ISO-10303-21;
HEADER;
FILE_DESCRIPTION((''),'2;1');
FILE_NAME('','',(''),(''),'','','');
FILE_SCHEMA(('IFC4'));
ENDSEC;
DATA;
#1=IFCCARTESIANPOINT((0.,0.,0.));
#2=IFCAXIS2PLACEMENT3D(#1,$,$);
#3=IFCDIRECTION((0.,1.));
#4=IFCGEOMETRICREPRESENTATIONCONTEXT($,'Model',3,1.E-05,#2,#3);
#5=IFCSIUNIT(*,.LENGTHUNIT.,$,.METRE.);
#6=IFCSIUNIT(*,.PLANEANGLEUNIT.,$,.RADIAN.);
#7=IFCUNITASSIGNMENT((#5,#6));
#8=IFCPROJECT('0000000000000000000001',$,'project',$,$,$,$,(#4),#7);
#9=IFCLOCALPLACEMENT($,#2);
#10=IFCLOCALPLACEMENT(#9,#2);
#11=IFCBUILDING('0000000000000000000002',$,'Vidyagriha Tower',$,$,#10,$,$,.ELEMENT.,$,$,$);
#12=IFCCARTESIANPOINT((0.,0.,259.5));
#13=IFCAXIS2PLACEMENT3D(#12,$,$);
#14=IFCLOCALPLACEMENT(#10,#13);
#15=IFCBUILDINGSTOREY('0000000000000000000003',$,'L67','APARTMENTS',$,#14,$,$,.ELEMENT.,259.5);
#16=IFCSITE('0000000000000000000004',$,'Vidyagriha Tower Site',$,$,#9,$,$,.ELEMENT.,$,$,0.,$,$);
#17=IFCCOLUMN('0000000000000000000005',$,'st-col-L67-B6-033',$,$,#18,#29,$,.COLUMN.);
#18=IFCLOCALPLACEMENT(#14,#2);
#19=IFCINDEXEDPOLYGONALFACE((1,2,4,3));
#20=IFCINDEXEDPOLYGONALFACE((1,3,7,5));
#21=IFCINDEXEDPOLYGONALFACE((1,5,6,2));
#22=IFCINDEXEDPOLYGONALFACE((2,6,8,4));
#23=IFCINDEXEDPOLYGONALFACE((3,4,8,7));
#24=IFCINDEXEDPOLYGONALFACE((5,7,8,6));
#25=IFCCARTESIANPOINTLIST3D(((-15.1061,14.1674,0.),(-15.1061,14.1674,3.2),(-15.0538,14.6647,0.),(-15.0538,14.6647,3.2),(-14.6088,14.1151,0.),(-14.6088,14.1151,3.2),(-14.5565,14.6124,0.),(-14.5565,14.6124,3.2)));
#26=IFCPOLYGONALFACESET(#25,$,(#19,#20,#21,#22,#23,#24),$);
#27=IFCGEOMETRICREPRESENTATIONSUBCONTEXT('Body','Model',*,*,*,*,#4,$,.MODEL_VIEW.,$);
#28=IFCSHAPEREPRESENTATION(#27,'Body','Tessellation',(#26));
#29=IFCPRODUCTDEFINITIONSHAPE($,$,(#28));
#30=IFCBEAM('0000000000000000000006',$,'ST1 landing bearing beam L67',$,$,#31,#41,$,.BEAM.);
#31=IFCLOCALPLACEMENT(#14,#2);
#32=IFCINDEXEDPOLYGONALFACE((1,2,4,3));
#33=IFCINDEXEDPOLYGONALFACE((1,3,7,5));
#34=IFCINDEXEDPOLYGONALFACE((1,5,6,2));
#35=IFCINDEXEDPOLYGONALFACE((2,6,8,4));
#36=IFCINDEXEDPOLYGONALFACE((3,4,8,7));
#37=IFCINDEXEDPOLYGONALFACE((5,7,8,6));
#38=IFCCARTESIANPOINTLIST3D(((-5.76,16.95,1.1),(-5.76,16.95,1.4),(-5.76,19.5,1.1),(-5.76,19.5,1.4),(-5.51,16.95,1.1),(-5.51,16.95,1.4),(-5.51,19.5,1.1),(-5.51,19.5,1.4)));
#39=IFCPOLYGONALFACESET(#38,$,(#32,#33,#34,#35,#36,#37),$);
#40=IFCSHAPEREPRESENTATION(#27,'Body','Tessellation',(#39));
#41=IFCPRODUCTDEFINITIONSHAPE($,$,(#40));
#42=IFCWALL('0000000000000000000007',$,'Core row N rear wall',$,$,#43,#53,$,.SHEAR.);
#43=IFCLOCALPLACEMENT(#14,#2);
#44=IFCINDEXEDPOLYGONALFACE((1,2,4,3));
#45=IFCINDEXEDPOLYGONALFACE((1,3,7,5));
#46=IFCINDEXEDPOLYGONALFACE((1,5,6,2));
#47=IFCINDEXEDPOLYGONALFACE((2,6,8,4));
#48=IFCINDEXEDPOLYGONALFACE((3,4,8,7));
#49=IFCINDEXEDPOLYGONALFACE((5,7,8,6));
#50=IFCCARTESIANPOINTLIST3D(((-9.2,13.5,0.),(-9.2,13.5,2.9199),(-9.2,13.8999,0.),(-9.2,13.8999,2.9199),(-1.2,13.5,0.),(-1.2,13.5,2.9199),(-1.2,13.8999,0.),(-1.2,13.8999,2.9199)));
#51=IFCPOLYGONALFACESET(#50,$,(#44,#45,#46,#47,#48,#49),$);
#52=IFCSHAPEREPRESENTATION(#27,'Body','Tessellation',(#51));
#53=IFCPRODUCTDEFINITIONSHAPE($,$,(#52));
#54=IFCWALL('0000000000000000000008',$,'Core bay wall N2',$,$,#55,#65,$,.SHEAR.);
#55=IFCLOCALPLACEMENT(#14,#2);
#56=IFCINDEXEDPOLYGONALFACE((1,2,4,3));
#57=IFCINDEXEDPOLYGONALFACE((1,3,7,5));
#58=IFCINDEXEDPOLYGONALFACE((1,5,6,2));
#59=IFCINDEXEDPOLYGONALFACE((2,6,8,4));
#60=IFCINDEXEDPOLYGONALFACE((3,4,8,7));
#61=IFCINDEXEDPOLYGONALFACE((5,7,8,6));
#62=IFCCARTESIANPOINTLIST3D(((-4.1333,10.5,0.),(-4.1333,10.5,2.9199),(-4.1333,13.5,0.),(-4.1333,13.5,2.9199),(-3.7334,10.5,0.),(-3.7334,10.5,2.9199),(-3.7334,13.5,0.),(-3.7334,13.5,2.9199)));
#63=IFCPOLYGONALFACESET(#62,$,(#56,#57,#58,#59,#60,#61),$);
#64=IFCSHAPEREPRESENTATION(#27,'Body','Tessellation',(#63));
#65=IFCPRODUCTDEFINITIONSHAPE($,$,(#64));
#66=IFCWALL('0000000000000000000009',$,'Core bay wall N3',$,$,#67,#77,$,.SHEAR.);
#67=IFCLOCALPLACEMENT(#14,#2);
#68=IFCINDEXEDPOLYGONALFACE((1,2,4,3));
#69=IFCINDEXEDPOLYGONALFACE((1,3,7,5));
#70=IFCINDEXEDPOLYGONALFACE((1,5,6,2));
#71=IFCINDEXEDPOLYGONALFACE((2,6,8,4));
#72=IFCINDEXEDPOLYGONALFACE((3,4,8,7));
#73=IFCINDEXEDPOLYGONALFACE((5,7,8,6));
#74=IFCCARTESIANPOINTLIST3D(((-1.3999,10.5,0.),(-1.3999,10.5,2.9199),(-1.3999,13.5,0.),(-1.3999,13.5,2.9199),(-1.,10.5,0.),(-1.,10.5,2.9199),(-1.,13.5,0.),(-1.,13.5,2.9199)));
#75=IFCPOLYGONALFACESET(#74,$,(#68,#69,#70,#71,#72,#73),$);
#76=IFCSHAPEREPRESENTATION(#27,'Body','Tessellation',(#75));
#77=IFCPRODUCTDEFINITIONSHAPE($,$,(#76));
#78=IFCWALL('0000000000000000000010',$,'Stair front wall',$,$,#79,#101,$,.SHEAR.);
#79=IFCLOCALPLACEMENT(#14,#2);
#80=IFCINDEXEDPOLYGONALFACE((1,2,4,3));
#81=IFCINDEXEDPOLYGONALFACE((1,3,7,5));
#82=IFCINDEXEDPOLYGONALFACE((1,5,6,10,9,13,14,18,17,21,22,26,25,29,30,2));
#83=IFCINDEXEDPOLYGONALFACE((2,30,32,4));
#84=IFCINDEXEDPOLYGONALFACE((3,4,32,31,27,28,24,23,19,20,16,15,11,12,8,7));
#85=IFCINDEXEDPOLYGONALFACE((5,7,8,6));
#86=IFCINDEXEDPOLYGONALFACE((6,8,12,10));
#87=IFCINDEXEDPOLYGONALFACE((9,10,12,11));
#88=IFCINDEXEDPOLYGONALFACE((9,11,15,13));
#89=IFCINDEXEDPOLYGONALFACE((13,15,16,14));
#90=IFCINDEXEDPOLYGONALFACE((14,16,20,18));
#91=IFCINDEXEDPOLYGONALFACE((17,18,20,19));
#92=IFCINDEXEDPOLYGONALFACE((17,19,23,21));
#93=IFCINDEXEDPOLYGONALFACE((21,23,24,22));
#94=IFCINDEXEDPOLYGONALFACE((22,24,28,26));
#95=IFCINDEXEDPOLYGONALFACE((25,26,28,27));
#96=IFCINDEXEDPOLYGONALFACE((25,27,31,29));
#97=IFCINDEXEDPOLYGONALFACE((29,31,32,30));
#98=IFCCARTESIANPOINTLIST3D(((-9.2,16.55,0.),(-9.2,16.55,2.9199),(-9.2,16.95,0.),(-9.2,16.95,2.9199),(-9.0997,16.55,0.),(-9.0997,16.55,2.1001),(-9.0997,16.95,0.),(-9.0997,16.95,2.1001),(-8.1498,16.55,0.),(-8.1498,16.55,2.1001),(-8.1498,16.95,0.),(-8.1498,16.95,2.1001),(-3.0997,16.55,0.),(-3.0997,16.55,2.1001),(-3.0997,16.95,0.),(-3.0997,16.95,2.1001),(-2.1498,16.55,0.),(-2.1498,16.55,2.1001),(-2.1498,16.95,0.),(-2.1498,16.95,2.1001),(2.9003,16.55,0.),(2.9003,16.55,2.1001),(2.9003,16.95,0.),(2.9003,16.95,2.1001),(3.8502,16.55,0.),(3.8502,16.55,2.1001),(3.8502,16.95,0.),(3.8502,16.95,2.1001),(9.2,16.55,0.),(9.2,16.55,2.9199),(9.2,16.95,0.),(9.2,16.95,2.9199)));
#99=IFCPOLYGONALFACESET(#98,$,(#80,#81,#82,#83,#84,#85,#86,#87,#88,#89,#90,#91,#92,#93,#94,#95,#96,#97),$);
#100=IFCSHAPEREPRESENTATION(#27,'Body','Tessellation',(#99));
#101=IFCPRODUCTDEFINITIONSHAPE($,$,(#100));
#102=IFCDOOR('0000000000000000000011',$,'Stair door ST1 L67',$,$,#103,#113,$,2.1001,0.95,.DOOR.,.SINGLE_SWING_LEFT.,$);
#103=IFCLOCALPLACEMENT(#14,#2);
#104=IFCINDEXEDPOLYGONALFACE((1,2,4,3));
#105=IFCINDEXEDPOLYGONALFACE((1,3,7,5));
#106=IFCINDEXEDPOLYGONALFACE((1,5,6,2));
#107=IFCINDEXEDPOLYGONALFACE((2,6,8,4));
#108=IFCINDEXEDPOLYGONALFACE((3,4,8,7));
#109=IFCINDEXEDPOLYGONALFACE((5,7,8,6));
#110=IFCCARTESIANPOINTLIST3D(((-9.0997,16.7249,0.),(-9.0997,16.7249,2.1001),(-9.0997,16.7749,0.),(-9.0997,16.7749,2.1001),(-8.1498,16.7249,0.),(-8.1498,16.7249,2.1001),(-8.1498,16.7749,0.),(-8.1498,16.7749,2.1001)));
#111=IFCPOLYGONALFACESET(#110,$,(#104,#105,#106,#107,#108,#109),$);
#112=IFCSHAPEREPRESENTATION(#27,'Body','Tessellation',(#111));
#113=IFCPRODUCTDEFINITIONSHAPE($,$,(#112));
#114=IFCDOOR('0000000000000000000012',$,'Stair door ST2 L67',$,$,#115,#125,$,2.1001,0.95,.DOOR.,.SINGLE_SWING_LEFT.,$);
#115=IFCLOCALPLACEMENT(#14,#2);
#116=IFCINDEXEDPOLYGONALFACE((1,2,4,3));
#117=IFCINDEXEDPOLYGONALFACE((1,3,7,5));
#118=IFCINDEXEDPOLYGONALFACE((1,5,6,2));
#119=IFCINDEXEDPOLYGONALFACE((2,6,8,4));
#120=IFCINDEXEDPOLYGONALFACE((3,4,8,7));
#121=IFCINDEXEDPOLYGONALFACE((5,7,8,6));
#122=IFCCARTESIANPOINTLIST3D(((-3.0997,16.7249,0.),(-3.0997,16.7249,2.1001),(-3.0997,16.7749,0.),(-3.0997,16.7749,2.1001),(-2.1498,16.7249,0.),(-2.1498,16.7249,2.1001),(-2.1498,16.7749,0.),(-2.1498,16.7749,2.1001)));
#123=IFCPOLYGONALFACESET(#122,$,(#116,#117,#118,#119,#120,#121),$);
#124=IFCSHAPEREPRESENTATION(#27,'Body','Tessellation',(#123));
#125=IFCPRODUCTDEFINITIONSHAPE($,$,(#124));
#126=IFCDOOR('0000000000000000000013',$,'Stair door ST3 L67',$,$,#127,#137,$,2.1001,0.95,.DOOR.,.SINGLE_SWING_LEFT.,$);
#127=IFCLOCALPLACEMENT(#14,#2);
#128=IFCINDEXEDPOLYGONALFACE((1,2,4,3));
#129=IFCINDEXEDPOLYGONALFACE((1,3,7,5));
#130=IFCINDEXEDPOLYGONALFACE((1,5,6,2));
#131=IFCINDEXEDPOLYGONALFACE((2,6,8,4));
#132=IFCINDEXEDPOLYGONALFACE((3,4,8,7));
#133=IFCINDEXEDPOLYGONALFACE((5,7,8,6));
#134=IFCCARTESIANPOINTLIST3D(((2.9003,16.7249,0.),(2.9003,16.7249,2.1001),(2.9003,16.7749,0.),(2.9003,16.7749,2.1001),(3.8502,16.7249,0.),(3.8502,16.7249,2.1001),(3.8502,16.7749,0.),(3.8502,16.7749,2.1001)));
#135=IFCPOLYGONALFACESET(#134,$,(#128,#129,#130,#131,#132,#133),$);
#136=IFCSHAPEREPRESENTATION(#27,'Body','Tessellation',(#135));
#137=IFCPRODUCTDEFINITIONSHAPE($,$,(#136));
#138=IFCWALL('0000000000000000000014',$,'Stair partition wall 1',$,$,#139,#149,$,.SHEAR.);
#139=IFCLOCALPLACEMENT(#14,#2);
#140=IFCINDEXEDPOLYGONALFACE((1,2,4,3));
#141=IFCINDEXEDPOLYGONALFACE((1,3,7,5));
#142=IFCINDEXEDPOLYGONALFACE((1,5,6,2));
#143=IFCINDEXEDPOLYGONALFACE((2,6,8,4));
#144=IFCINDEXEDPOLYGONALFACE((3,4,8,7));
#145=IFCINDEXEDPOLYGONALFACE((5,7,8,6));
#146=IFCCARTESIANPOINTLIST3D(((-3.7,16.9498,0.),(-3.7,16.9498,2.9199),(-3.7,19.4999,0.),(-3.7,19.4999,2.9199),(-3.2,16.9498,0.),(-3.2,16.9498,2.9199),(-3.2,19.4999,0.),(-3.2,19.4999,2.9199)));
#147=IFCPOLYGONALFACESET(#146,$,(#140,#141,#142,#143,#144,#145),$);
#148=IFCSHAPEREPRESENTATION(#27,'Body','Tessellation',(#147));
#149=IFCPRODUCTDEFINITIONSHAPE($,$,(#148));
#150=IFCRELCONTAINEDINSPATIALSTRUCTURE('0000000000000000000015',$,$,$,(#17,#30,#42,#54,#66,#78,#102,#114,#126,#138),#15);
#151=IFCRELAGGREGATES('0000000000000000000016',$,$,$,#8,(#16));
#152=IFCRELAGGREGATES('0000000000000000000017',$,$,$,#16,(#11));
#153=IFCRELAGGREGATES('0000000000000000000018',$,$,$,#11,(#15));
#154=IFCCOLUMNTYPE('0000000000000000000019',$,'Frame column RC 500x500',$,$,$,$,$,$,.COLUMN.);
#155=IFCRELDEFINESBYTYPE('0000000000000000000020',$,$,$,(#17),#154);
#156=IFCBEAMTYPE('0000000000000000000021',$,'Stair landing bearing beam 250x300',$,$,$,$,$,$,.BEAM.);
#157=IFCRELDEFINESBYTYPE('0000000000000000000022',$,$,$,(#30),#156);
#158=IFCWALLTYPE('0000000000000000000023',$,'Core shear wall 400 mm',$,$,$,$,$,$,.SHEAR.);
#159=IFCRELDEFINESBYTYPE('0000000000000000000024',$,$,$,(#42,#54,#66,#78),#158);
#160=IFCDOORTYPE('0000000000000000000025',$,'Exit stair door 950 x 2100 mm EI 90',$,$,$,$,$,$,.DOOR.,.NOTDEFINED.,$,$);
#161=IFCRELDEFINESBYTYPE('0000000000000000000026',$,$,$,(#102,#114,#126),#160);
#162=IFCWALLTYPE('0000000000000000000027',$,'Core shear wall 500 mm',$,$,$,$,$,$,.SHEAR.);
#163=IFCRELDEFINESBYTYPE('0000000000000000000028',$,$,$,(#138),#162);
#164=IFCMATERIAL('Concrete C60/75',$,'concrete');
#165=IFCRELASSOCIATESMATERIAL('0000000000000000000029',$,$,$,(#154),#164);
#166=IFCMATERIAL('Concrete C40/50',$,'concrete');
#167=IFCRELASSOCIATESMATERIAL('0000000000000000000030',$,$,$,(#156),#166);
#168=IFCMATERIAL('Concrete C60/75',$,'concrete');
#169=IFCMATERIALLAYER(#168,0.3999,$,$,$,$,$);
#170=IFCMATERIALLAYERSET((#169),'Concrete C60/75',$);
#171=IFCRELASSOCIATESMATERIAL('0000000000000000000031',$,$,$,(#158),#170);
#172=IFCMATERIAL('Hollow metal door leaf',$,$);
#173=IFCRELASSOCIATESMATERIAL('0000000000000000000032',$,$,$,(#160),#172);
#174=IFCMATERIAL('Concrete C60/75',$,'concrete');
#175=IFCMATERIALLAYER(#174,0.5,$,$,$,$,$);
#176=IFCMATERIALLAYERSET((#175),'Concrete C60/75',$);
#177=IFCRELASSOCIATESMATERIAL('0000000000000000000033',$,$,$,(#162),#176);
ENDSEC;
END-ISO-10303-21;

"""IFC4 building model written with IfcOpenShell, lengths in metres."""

from ifc_helpers import new_model, si_unit, direction, frame, frame_2d, origin, origin_2d, place, context, subcontext, project, spatial, rectangle, extrude, material, layer, layer_set, material_profile, profile_set, type_object, element, fill, save


model = new_model("IFC4")

# Units and contexts
model_context = context("Model", 3, precision=1e-05, world=origin(), true_north=direction((0.0, 1.0)))
body_context = subcontext(model_context, "Body", "Model", "MODEL_VIEW")
ifc_project = project(units=[si_unit("LENGTHUNIT", "METRE"), si_unit("PLANEANGLEUNIT", "RADIAN")], contexts=[model_context])

# Site, building, storey
site_placement = place(None, origin())
site = spatial("IfcSite", under=ifc_project, at=site_placement, Name="Vidyagriha Tower Site", CompositionType="ELEMENT", RefElevation=0.0)
building_placement = place(site_placement, origin())
building = spatial("IfcBuilding", under=site, at=building_placement, Name="Vidyagriha Tower", CompositionType="ELEMENT")
storey_placement = place(building_placement, frame((0.0, 0.0, 259.5)))
storey = spatial("IfcBuildingStorey", under=building, at=storey_placement, Name="L67", Description="APARTMENTS", CompositionType="ELEMENT", Elevation=259.5)

# Column
ifc_material_1 = material(Name="Concrete C60/75", Category="concrete")
ifc_material_profile_1 = material_profile(ifc_material_1, rectangle(XDim=0.5, YDim=0.5, at=origin_2d()), Name="RC 500x500")
ifc_profile_set_1 = profile_set([ifc_material_profile_1], Name="Concrete C60/75")
column_type = type_object("IfcColumnType", Name="Frame column RC 500x500", PredefinedType="COLUMN", material=ifc_profile_set_1)
column_placement = place(storey_placement, frame((-14.8313, 14.3899, 0.0), z_axis=(0.0, 0.0, 1.0), x_axis=(0.994522, -0.104528, 0.0)))
element("IfcColumn", 1, at=column_placement, inside=storey, type_object=column_type, Name="st-col-L67-B6-033", PredefinedType="COLUMN", context=body_context, shape_type="SweptSolid", body=[
    extrude(rectangle(XDim=0.5, YDim=0.5, at=origin_2d()), origin(), (0.0, 0.0, 1.0), 3.2),
])

# Beam
ifc_material_2 = material(Name="Concrete C40/50", Category="concrete")
ifc_material_profile_2 = material_profile(ifc_material_2, rectangle(XDim=0.25, YDim=0.3, at=origin_2d()), Name="Stair landing bearing beam 250x300")
ifc_profile_set_2 = profile_set([ifc_material_profile_2], Name="Concrete C40/50")
beam_type = type_object("IfcBeamType", Name="Stair landing bearing beam 250x300", PredefinedType="BEAM", material=ifc_profile_set_2)
beam_placement = place(storey_placement, frame((-5.635, 16.95, 1.25), z_axis=(0.0, 1.0, 0.0), x_axis=(-1.0, 0.0, 0.0)))
element("IfcBeam", 2, at=beam_placement, inside=storey, type_object=beam_type, Name="ST1 landing bearing beam L67", PredefinedType="BEAM", context=body_context, shape_type="SweptSolid", body=[
    extrude(rectangle(XDim=0.25, YDim=0.3, at=origin_2d()), origin(), (0.0, 0.0, 1.0), 2.55),
])

# Walls
ifc_material_3 = material(Name="Concrete C60/75", Category="concrete")
ifc_layer_1 = layer(ifc_material_3, 0.3999)
ifc_layer_set_1 = layer_set([ifc_layer_1], Name="Concrete C60/75")
wall_type_1 = type_object("IfcWallType", Name="Core shear wall 400 mm", PredefinedType="SHEAR", material=ifc_layer_set_1)
wall_1_placement = place(storey_placement, frame((-9.2, 13.7, 0.0)))
element("IfcWall", 3, at=wall_1_placement, inside=storey, type_object=wall_type_1, Name="Core row N rear wall", PredefinedType="SHEAR", context=body_context, shape_type="SweptSolid", body=[
    extrude(rectangle(XDim=8.0, YDim=0.3999, at=frame_2d((4.0, 0.0))), origin(), (0.0, 0.0, 1.0), 2.9199),
])
for number, where, z_axis, x_axis, name in (
    (4, (-3.9333, 10.5, 0.0), (0.0, 0.0, 1.0), (0.0, 1.0, 0.0), "Core bay wall N2"),
    (5, (-1.2, 10.5, 0.0), (0.0, 0.0, 1.0), (0.0, 1.0, 0.0), "Core bay wall N3"),
):
    element("IfcWall", number, at=place(storey_placement, frame(where, z_axis=z_axis, x_axis=x_axis)), inside=storey, type_object=wall_type_1, Name=name, PredefinedType="SHEAR", context=body_context, shape_type="SweptSolid", body=[
        extrude(rectangle(XDim=3.0, YDim=0.3999, at=frame_2d((1.5, 0.0))), origin(), (0.0, 0.0, 1.0), 2.9199),
    ])

# Wall, openings, doors
wall_2_placement = place(storey_placement, frame((-9.2, 16.75, 0.0)))
wall_2 = element("IfcWall", 6, at=wall_2_placement, inside=storey, type_object=wall_type_1, Name="Stair front wall", PredefinedType="SHEAR", context=body_context, shape_type="SweptSolid", body=[
    extrude(rectangle(XDim=18.3999, YDim=0.3999, at=frame_2d((9.2, 0.0))), origin(), (0.0, 0.0, 1.0), 2.9199),
])
opening_1_placement = place(wall_2_placement, frame((0.1001, 0.0, 0.0)))
opening_1 = element("IfcOpeningElement", 7, at=opening_1_placement, cuts=wall_2, PredefinedType="OPENING", context=body_context, shape_type="SweptSolid", body=[
    extrude(rectangle(XDim=0.95, YDim=2.1001, at=frame_2d((0.4751, 1.05))), frame((0.0, 0.21, 0.0), z_axis=(0.0, -1.0, 0.0), x_axis=(1.0, 0.0, 0.0)), (0.0, 0.0, 1.0), 0.4199),
])
opening_2_placement = place(wall_2_placement, frame((6.1001, 0.0, 0.0)))
opening_2 = element("IfcOpeningElement", 8, at=opening_2_placement, cuts=wall_2, PredefinedType="OPENING", context=body_context, shape_type="SweptSolid", body=[
    extrude(rectangle(XDim=0.95, YDim=2.1001, at=frame_2d((0.4751, 1.05))), frame((0.0, 0.21, 0.0), z_axis=(0.0, -1.0, 0.0), x_axis=(1.0, 0.0, 0.0)), (0.0, 0.0, 1.0), 0.4199),
])
opening_3_placement = place(wall_2_placement, frame((12.1001, 0.0, 0.0)))
opening_3 = element("IfcOpeningElement", 9, at=opening_3_placement, cuts=wall_2, PredefinedType="OPENING", context=body_context, shape_type="SweptSolid", body=[
    extrude(rectangle(XDim=0.95, YDim=2.1001, at=frame_2d((0.4751, 1.05))), frame((0.0, 0.21, 0.0), z_axis=(0.0, -1.0, 0.0), x_axis=(1.0, 0.0, 0.0)), (0.0, 0.0, 1.0), 0.4199),
])
ifc_material_4 = material(Name="Hollow metal door leaf")
door_type_1 = type_object("IfcDoorType", Name="Exit stair door 950 x 2100 mm EI 90", OperationType="NOTDEFINED", PredefinedType="DOOR", material=ifc_material_4)
door_1_placement = place(opening_1_placement, origin())
door_1 = element("IfcDoor", 10, at=door_1_placement, inside=storey, type_object=door_type_1, Name="Stair door ST1 L67", OperationType="SINGLE_SWING_LEFT", OverallHeight=2.1001, OverallWidth=0.95, PredefinedType="DOOR", context=body_context, shape_type="SweptSolid", body=[
    extrude(rectangle(XDim=0.95, YDim=2.1001, at=frame_2d((0.4751, 1.05))), frame((0.0, 0.0249, 0.0), z_axis=(0.0, -1.0, 0.0), x_axis=(1.0, 0.0, 0.0)), (0.0, 0.0, 1.0), 0.05),
])
fill(opening_1, door_1)
door_2_placement = place(opening_2_placement, origin())
door_2 = element("IfcDoor", 11, at=door_2_placement, inside=storey, type_object=door_type_1, Name="Stair door ST2 L67", OperationType="SINGLE_SWING_LEFT", OverallHeight=2.1001, OverallWidth=0.95, PredefinedType="DOOR", context=body_context, shape_type="SweptSolid", body=[
    extrude(rectangle(XDim=0.95, YDim=2.1001, at=frame_2d((0.4751, 1.05))), frame((0.0, 0.0249, 0.0), z_axis=(0.0, -1.0, 0.0), x_axis=(1.0, 0.0, 0.0)), (0.0, 0.0, 1.0), 0.05),
])
fill(opening_2, door_2)
door_3_placement = place(opening_3_placement, origin())
door_3 = element("IfcDoor", 12, at=door_3_placement, inside=storey, type_object=door_type_1, Name="Stair door ST3 L67", OperationType="SINGLE_SWING_LEFT", OverallHeight=2.1001, OverallWidth=0.95, PredefinedType="DOOR", context=body_context, shape_type="SweptSolid", body=[
    extrude(rectangle(XDim=0.95, YDim=2.1001, at=frame_2d((0.4751, 1.05))), frame((0.0, 0.0249, 0.0), z_axis=(0.0, -1.0, 0.0), x_axis=(1.0, 0.0, 0.0)), (0.0, 0.0, 1.0), 0.05),
])
fill(opening_3, door_3)

# Wall
ifc_material_5 = material(Name="Concrete C60/75", Category="concrete")
ifc_layer_2 = layer(ifc_material_5, 0.5)
ifc_layer_set_2 = layer_set([ifc_layer_2], Name="Concrete C60/75")
wall_type_2 = type_object("IfcWallType", Name="Core shear wall 500 mm", PredefinedType="SHEAR", material=ifc_layer_set_2)
wall_3_placement = place(storey_placement, frame((-3.45, 16.95, 0.0), z_axis=(0.0, 0.0, 1.0), x_axis=(0.0, 1.0, 0.0)))
element("IfcWall", 13, at=wall_3_placement, inside=storey, type_object=wall_type_2, Name="Stair partition wall 1", PredefinedType="SHEAR", context=body_context, shape_type="SweptSolid", body=[
    extrude(rectangle(XDim=2.55, YDim=0.5, at=frame_2d((1.2749, 0.0))), origin(), (0.0, 0.0, 1.0), 2.9199),
])

save(model, "model.ifc")
